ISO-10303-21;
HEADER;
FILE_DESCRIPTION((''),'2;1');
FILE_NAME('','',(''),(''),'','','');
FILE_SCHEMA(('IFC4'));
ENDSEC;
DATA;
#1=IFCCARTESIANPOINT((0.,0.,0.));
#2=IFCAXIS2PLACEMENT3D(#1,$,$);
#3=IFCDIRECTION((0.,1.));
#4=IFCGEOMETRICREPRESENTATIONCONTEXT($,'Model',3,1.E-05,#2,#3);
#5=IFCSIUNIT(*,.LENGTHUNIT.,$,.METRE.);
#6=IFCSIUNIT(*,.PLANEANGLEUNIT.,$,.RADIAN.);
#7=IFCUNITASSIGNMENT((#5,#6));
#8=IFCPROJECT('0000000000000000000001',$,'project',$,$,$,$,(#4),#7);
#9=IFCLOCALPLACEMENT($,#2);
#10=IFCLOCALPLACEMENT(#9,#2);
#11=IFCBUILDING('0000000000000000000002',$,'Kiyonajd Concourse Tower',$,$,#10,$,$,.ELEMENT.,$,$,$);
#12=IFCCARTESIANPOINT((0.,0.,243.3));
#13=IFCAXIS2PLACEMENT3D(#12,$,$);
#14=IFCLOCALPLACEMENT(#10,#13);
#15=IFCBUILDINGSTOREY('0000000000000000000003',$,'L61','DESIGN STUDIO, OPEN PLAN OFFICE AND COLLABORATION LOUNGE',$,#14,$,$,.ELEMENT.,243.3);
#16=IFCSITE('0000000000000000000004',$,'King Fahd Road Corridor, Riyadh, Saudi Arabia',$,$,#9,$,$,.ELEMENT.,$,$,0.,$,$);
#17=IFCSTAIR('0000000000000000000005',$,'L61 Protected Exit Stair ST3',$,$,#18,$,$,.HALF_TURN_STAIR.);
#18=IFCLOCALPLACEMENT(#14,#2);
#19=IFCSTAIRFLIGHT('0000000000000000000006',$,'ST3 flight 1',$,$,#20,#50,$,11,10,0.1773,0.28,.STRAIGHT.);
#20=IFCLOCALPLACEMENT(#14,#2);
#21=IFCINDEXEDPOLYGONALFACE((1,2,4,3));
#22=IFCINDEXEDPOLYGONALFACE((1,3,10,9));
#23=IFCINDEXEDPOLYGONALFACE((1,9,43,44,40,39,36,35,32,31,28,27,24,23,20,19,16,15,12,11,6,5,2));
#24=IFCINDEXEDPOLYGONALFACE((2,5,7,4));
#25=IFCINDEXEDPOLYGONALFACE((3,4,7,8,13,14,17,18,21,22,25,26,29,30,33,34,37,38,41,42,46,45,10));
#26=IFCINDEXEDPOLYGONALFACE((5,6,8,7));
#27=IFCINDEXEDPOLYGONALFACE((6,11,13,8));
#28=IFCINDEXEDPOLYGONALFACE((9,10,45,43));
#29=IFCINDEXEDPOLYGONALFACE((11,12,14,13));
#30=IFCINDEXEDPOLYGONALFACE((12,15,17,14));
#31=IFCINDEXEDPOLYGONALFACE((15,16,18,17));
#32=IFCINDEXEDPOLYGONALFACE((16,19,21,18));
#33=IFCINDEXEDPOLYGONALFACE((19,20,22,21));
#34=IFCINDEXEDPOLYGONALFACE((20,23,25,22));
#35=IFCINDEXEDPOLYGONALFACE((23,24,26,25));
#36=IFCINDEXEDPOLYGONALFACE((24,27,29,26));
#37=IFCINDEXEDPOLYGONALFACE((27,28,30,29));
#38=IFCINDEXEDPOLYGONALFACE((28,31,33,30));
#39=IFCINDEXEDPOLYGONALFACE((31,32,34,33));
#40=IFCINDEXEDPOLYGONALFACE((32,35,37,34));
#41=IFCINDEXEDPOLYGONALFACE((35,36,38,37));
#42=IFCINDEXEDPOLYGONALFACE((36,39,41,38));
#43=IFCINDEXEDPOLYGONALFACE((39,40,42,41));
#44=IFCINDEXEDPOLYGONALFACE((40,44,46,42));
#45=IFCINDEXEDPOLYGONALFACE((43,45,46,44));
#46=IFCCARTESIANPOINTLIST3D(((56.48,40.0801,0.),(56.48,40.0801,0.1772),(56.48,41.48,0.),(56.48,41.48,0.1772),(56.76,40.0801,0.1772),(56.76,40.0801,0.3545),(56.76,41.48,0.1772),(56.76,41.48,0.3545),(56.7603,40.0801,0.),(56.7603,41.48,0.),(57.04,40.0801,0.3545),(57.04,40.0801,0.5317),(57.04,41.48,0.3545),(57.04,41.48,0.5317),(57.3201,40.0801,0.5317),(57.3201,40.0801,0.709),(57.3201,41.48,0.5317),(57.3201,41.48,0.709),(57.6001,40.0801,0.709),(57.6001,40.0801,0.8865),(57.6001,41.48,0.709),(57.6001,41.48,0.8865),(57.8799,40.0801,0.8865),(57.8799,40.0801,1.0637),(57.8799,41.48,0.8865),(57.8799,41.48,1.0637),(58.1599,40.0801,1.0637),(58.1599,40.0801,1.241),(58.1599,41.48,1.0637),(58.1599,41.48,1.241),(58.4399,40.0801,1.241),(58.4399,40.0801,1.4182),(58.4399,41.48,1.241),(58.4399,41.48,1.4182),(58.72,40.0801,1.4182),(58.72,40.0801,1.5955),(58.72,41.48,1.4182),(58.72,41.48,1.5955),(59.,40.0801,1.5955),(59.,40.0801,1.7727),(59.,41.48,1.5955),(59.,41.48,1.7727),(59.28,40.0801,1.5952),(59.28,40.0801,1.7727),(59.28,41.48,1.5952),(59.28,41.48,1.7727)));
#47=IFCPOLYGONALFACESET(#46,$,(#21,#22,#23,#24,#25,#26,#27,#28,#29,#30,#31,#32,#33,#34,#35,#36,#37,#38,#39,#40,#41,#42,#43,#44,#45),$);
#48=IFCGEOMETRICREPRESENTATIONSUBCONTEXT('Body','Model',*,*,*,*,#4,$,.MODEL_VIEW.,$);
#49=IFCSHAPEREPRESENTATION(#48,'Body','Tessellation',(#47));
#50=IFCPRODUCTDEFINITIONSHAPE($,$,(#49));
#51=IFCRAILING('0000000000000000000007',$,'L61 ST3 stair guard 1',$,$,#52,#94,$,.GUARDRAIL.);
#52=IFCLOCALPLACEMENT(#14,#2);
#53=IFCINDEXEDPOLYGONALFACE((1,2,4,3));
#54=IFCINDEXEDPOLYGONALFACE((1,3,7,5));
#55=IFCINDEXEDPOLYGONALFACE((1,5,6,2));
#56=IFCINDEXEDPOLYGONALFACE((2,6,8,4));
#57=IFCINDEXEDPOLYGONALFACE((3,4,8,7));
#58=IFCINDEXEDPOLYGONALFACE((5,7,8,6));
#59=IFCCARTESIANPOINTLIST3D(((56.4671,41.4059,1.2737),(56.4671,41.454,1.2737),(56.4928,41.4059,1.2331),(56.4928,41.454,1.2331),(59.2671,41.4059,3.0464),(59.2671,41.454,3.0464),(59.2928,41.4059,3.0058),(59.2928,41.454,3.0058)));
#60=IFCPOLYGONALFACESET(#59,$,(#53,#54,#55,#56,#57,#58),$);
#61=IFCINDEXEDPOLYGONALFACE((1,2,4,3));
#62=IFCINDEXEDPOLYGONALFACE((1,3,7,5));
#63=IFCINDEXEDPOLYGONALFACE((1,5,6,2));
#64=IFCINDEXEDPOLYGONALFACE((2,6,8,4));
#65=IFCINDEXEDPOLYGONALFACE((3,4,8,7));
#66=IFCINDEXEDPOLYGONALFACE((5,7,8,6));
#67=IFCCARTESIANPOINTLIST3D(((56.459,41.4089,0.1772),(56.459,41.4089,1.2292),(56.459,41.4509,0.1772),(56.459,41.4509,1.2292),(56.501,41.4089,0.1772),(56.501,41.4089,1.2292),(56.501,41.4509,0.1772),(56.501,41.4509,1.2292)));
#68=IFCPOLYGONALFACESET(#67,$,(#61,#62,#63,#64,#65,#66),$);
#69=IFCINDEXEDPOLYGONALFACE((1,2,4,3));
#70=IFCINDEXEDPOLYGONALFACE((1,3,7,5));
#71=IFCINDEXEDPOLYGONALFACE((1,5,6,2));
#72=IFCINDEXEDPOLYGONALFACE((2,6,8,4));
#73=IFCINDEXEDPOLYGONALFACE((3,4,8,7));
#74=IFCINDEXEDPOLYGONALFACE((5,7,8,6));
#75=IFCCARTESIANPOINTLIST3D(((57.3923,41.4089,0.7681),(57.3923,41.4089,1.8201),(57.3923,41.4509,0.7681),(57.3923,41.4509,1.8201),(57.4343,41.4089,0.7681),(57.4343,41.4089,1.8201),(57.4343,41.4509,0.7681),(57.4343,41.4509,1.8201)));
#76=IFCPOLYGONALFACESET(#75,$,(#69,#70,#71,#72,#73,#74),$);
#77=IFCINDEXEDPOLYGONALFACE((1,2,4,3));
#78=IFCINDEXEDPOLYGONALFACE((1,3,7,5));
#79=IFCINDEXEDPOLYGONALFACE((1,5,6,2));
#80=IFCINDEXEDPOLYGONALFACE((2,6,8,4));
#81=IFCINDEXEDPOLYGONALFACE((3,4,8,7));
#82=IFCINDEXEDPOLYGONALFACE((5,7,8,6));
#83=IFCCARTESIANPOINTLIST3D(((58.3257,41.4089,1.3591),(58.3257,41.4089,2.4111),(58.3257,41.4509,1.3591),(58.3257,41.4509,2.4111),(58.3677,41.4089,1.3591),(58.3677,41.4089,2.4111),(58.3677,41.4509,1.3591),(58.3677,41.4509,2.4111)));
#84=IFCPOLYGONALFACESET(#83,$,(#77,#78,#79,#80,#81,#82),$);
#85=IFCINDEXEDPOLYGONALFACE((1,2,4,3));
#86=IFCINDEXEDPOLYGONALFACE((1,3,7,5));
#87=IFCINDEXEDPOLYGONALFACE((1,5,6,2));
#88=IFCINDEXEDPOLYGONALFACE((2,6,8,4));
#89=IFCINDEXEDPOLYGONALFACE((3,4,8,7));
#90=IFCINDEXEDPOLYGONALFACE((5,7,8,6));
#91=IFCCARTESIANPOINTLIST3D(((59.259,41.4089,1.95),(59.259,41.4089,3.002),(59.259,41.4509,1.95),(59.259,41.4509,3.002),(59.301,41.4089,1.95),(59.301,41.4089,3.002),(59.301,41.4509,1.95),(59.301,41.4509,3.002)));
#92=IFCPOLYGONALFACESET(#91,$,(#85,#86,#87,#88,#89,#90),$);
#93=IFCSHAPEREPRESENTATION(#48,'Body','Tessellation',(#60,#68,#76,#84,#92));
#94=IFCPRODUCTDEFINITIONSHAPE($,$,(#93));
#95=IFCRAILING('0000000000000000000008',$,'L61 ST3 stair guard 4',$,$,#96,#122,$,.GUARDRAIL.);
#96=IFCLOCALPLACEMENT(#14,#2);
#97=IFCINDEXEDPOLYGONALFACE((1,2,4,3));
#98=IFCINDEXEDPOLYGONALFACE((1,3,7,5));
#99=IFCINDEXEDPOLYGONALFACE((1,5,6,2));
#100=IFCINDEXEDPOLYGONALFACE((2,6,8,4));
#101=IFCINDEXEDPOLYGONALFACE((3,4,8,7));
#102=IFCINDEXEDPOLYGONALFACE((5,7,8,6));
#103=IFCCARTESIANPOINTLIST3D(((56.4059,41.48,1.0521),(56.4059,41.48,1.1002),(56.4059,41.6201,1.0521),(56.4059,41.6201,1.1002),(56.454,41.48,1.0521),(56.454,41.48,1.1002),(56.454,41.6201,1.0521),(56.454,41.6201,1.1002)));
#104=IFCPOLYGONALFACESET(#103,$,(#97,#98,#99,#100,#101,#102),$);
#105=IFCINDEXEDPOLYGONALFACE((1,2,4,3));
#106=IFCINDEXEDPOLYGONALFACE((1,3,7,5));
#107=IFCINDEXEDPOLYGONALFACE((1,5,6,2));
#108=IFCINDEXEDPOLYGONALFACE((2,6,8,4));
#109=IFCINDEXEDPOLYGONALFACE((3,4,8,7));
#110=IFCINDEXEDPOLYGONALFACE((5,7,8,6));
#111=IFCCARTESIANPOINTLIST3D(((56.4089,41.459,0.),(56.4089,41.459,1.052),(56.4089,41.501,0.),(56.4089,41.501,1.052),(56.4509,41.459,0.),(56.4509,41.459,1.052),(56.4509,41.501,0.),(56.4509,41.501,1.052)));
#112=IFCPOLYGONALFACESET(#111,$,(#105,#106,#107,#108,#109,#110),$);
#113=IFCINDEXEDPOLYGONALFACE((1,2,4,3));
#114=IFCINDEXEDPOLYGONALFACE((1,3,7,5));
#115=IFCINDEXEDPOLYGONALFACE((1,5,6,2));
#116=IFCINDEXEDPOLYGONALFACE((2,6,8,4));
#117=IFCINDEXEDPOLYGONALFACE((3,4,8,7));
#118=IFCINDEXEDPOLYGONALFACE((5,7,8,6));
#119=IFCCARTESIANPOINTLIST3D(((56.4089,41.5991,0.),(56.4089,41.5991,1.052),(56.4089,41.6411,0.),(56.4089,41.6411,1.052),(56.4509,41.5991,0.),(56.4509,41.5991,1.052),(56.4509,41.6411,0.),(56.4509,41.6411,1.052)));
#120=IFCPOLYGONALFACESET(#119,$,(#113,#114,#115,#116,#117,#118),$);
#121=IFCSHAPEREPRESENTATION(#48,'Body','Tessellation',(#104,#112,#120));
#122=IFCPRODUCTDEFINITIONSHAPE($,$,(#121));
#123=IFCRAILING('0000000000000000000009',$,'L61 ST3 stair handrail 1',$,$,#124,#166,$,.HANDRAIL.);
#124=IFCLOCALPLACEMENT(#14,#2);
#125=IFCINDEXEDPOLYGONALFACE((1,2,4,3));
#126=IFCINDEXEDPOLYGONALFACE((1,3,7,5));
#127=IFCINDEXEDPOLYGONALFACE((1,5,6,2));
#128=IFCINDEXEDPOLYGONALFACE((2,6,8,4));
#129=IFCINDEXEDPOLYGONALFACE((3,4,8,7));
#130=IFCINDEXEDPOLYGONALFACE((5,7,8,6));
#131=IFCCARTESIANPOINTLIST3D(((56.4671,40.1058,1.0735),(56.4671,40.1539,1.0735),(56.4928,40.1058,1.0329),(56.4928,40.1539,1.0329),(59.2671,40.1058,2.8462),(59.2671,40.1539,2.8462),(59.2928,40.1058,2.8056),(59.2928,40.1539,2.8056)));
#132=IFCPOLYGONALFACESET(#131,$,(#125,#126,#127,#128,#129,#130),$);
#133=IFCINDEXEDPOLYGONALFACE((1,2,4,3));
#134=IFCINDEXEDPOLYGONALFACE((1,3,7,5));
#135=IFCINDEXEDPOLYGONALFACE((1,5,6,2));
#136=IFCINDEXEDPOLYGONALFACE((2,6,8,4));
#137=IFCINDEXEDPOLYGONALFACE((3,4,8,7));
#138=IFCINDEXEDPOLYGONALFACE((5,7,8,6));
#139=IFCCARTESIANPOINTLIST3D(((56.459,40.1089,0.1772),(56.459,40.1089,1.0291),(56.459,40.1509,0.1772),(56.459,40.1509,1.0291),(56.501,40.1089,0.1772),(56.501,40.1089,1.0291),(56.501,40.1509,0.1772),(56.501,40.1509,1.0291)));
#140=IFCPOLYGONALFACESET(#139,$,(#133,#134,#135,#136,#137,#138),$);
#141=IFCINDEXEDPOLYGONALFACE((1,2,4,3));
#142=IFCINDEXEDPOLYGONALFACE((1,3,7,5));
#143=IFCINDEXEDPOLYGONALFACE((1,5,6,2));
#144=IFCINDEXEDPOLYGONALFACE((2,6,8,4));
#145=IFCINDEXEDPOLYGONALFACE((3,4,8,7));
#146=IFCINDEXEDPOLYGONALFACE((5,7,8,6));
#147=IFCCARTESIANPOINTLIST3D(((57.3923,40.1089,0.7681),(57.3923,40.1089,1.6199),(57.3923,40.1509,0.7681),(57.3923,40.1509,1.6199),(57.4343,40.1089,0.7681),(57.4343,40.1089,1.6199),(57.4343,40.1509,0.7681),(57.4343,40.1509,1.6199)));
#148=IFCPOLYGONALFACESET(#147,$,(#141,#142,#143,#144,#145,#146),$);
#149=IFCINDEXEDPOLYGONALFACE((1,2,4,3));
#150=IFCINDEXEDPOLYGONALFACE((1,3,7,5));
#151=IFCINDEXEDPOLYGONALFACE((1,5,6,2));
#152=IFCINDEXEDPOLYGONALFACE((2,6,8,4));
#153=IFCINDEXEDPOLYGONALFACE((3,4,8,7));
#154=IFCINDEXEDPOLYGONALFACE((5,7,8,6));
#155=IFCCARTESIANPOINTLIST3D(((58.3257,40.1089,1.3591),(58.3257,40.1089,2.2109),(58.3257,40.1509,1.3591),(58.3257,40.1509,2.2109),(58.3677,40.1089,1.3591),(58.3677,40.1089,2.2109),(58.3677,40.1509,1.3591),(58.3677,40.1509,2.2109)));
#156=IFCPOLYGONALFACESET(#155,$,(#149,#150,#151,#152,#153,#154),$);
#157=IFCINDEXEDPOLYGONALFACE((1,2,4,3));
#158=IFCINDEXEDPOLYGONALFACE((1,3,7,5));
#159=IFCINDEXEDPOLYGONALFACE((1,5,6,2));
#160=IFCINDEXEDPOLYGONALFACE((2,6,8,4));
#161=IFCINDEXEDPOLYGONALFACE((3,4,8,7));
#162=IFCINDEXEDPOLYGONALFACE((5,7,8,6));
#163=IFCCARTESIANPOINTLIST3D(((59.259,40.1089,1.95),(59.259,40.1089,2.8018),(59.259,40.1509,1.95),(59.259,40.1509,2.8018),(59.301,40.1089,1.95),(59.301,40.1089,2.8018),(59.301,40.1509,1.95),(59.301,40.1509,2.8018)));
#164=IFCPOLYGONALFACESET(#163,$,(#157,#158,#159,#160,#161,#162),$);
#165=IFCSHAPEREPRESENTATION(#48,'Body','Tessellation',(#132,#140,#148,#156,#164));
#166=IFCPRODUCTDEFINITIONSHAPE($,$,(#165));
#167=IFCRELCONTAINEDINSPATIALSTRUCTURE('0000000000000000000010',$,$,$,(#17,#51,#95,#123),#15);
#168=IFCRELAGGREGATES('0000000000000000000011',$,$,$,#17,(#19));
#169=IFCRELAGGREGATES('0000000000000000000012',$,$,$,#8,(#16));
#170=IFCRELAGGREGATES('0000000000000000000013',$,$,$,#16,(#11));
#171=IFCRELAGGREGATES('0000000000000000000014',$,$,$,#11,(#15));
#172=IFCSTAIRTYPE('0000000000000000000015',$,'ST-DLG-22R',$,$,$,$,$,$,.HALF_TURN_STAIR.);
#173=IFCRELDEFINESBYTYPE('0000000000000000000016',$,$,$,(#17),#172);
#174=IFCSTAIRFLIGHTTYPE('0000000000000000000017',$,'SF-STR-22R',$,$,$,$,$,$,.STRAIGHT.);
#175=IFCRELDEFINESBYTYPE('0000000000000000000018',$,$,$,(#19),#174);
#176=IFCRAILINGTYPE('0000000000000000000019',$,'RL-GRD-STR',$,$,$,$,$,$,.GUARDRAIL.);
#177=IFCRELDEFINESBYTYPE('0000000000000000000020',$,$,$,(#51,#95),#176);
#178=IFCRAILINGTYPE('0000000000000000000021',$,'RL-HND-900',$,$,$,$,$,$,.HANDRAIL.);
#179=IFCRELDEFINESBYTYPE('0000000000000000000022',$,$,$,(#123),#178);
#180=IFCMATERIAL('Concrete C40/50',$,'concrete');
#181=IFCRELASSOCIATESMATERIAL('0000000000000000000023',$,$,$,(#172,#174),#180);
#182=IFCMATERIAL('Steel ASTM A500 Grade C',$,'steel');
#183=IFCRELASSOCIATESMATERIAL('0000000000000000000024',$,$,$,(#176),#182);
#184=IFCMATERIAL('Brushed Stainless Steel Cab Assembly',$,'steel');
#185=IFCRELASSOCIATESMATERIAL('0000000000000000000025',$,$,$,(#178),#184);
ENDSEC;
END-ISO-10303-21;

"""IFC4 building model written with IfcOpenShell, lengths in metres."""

from ifc_helpers import new_model, si_unit, direction, frame, origin, origin_2d, place, context, subcontext, project, spatial, polyline, rectangle, outline, extrude, material, type_object, element, aggregate, save


model = new_model("IFC4")

# Units and contexts
model_context = context("Model", 3, precision=1e-05, world=origin(), true_north=direction((0.0, 1.0)))
body_context = subcontext(model_context, "Body", "Model", "MODEL_VIEW")
ifc_project = project(units=[si_unit("LENGTHUNIT", "METRE"), si_unit("PLANEANGLEUNIT", "RADIAN")], contexts=[model_context])

# Site, building, storey
site_placement = place(None, origin())
site = spatial("IfcSite", under=ifc_project, at=site_placement, Name="King Fahd Road Corridor, Riyadh, Saudi Arabia", CompositionType="ELEMENT", RefElevation=0.0)
building_placement = place(site_placement, origin())
building = spatial("IfcBuilding", under=site, at=building_placement, Name="Kiyonajd Concourse Tower", CompositionType="ELEMENT")
storey_placement = place(building_placement, frame((0.0, 0.0, 243.3)))
storey = spatial("IfcBuildingStorey", under=building, at=storey_placement, Name="L61", Description="DESIGN STUDIO, OPEN PLAN OFFICE AND COLLABORATION LOUNGE", CompositionType="ELEMENT", Elevation=243.3)

# Shared definitions
ifc_material_1 = material(Name="Brushed Stainless Steel Cab Assembly", Category="steel")

# Stair, stair flight
ifc_material_2 = material(Name="Concrete C40/50", Category="concrete")
stair_type = type_object("IfcStairType", Name="ST-DLG-22R", PredefinedType="HALF_TURN_STAIR", material=ifc_material_2)
stair_placement = place(storey_placement, origin())
stair = element("IfcStair", 1, at=stair_placement, inside=storey, type_object=stair_type, Name="L61 Protected Exit Stair ST3", PredefinedType="HALF_TURN_STAIR")
stair_flight_type = type_object("IfcStairFlightType", Name="SF-STR-22R", PredefinedType="STRAIGHT", material=ifc_material_2)
stair_flight_placement = place(storey_placement, frame((56.48, 40.78, 0.0), z_axis=(0.0, 0.0, 1.0), x_axis=(1.0, 0.0, 0.0)))
stair_flight = element("IfcStairFlight", 2, at=stair_flight_placement, type_object=stair_flight_type, Name="ST3 flight 1", NumberOfRisers=11, NumberOfTreads=10, PredefinedType="STRAIGHT", RiserHeight=0.1773, TreadLength=0.28, context=body_context, shape_type="SweptSolid", body=[
    extrude(outline(polyline([(0.0, 0.0), (0.0, 0.1772), (0.28, 0.1772), (0.28, 0.3545), (0.5601, 0.3545), (0.5601, 0.5317), (0.8401, 0.5317), (0.8401, 0.709), (1.1201, 0.709), (1.1201, 0.8865), (1.3999, 0.8865), (1.3999, 1.0637), (1.6799, 1.0637), (1.6799, 1.241), (1.96, 1.241), (1.96, 1.4182), (2.24, 1.4182), (2.24, 1.5955), (2.52, 1.5955), (2.52, 1.7727), (2.8, 1.7727), (2.8, 1.95), (2.8, 1.5952), (0.2803, 0.0), (0.0, 0.0)])), frame((0.0, 0.7, 0.0), z_axis=(0.0, -1.0, 0.0), x_axis=(1.0, 0.0, 0.0)), (0.0, 0.0, 1.0), 1.3999),
])
aggregate(stair, [stair_flight])

# Railings
ifc_material_3 = material(Name="Steel ASTM A500 Grade C", Category="steel")
railing_type_1 = type_object("IfcRailingType", Name="RL-GRD-STR", PredefinedType="GUARDRAIL", material=ifc_material_3)
railing_1_placement = place(storey_placement, frame((56.48, 41.4299, 0.1772)))
element("IfcRailing", 3, at=railing_1_placement, inside=storey, type_object=railing_type_1, Name="L61 ST3 stair guard 1", PredefinedType="GUARDRAIL", context=body_context, shape_type="SweptSolid", body=[
    extrude(rectangle(XDim=0.0481, YDim=0.0481, at=origin_2d()), frame((0.0, 0.0, 1.0762), z_axis=(0.844909, 0.0, 0.53491), x_axis=(0.0, 1.0, 0.0)), (0.0, 0.0, 1.0), 3.314),
    extrude(rectangle(XDim=0.042, YDim=0.042, at=origin_2d()), origin(), (0.0, 0.0, 1.0), 1.052),
    extrude(rectangle(XDim=0.042, YDim=0.042, at=origin_2d()), frame((0.9333, 0.0, 0.5908)), (0.0, 0.0, 1.0), 1.052),
    extrude(rectangle(XDim=0.042, YDim=0.042, at=origin_2d()), frame((1.8667, 0.0, 1.1819)), (0.0, 0.0, 1.0), 1.052),
    extrude(rectangle(XDim=0.042, YDim=0.042, at=origin_2d()), frame((2.8, 0.0, 1.7727)), (0.0, 0.0, 1.0), 1.052),
])
railing_2_placement = place(storey_placement, frame((56.4299, 41.48, 0.0)))
element("IfcRailing", 4, at=railing_2_placement, inside=storey, type_object=railing_type_1, Name="L61 ST3 stair guard 4", PredefinedType="GUARDRAIL", context=body_context, shape_type="SweptSolid", body=[
    extrude(rectangle(XDim=0.0481, YDim=0.0481, at=origin_2d()), frame((0.0, 0.0, 1.0762), z_axis=(0.0, 1.0, 0.0), x_axis=(-1.0, 0.0, 0.0)), (0.0, 0.0, 1.0), 0.1401),
    extrude(rectangle(XDim=0.042, YDim=0.042, at=origin_2d()), origin(), (0.0, 0.0, 1.0), 1.052),
    extrude(rectangle(XDim=0.042, YDim=0.042, at=origin_2d()), frame((0.0, 0.1401, 0.0)), (0.0, 0.0, 1.0), 1.052),
])
railing_type_2 = type_object("IfcRailingType", Name="RL-HND-900", PredefinedType="HANDRAIL", material=ifc_material_1)
railing_3_placement = place(storey_placement, frame((56.48, 40.1299, 0.1772)))
element("IfcRailing", 5, at=railing_3_placement, inside=storey, type_object=railing_type_2, Name="L61 ST3 stair handrail 1", PredefinedType="HANDRAIL", context=body_context, shape_type="SweptSolid", body=[
    extrude(rectangle(XDim=0.0481, YDim=0.0481, at=origin_2d()), frame((0.0, 0.0, 0.876), z_axis=(0.844909, 0.0, 0.53491), x_axis=(0.0, 1.0, 0.0)), (0.0, 0.0, 1.0), 3.314),
    extrude(rectangle(XDim=0.042, YDim=0.042, at=origin_2d()), origin(), (0.0, 0.0, 1.0), 0.8518),
    extrude(rectangle(XDim=0.042, YDim=0.042, at=origin_2d()), frame((0.9333, 0.0, 0.5908)), (0.0, 0.0, 1.0), 0.8518),
    extrude(rectangle(XDim=0.042, YDim=0.042, at=origin_2d()), frame((1.8667, 0.0, 1.1819)), (0.0, 0.0, 1.0), 0.8518),
    extrude(rectangle(XDim=0.042, YDim=0.042, at=origin_2d()), frame((2.8, 0.0, 1.7727)), (0.0, 0.0, 1.0), 0.8518),
])

save(model, "model.ifc")
